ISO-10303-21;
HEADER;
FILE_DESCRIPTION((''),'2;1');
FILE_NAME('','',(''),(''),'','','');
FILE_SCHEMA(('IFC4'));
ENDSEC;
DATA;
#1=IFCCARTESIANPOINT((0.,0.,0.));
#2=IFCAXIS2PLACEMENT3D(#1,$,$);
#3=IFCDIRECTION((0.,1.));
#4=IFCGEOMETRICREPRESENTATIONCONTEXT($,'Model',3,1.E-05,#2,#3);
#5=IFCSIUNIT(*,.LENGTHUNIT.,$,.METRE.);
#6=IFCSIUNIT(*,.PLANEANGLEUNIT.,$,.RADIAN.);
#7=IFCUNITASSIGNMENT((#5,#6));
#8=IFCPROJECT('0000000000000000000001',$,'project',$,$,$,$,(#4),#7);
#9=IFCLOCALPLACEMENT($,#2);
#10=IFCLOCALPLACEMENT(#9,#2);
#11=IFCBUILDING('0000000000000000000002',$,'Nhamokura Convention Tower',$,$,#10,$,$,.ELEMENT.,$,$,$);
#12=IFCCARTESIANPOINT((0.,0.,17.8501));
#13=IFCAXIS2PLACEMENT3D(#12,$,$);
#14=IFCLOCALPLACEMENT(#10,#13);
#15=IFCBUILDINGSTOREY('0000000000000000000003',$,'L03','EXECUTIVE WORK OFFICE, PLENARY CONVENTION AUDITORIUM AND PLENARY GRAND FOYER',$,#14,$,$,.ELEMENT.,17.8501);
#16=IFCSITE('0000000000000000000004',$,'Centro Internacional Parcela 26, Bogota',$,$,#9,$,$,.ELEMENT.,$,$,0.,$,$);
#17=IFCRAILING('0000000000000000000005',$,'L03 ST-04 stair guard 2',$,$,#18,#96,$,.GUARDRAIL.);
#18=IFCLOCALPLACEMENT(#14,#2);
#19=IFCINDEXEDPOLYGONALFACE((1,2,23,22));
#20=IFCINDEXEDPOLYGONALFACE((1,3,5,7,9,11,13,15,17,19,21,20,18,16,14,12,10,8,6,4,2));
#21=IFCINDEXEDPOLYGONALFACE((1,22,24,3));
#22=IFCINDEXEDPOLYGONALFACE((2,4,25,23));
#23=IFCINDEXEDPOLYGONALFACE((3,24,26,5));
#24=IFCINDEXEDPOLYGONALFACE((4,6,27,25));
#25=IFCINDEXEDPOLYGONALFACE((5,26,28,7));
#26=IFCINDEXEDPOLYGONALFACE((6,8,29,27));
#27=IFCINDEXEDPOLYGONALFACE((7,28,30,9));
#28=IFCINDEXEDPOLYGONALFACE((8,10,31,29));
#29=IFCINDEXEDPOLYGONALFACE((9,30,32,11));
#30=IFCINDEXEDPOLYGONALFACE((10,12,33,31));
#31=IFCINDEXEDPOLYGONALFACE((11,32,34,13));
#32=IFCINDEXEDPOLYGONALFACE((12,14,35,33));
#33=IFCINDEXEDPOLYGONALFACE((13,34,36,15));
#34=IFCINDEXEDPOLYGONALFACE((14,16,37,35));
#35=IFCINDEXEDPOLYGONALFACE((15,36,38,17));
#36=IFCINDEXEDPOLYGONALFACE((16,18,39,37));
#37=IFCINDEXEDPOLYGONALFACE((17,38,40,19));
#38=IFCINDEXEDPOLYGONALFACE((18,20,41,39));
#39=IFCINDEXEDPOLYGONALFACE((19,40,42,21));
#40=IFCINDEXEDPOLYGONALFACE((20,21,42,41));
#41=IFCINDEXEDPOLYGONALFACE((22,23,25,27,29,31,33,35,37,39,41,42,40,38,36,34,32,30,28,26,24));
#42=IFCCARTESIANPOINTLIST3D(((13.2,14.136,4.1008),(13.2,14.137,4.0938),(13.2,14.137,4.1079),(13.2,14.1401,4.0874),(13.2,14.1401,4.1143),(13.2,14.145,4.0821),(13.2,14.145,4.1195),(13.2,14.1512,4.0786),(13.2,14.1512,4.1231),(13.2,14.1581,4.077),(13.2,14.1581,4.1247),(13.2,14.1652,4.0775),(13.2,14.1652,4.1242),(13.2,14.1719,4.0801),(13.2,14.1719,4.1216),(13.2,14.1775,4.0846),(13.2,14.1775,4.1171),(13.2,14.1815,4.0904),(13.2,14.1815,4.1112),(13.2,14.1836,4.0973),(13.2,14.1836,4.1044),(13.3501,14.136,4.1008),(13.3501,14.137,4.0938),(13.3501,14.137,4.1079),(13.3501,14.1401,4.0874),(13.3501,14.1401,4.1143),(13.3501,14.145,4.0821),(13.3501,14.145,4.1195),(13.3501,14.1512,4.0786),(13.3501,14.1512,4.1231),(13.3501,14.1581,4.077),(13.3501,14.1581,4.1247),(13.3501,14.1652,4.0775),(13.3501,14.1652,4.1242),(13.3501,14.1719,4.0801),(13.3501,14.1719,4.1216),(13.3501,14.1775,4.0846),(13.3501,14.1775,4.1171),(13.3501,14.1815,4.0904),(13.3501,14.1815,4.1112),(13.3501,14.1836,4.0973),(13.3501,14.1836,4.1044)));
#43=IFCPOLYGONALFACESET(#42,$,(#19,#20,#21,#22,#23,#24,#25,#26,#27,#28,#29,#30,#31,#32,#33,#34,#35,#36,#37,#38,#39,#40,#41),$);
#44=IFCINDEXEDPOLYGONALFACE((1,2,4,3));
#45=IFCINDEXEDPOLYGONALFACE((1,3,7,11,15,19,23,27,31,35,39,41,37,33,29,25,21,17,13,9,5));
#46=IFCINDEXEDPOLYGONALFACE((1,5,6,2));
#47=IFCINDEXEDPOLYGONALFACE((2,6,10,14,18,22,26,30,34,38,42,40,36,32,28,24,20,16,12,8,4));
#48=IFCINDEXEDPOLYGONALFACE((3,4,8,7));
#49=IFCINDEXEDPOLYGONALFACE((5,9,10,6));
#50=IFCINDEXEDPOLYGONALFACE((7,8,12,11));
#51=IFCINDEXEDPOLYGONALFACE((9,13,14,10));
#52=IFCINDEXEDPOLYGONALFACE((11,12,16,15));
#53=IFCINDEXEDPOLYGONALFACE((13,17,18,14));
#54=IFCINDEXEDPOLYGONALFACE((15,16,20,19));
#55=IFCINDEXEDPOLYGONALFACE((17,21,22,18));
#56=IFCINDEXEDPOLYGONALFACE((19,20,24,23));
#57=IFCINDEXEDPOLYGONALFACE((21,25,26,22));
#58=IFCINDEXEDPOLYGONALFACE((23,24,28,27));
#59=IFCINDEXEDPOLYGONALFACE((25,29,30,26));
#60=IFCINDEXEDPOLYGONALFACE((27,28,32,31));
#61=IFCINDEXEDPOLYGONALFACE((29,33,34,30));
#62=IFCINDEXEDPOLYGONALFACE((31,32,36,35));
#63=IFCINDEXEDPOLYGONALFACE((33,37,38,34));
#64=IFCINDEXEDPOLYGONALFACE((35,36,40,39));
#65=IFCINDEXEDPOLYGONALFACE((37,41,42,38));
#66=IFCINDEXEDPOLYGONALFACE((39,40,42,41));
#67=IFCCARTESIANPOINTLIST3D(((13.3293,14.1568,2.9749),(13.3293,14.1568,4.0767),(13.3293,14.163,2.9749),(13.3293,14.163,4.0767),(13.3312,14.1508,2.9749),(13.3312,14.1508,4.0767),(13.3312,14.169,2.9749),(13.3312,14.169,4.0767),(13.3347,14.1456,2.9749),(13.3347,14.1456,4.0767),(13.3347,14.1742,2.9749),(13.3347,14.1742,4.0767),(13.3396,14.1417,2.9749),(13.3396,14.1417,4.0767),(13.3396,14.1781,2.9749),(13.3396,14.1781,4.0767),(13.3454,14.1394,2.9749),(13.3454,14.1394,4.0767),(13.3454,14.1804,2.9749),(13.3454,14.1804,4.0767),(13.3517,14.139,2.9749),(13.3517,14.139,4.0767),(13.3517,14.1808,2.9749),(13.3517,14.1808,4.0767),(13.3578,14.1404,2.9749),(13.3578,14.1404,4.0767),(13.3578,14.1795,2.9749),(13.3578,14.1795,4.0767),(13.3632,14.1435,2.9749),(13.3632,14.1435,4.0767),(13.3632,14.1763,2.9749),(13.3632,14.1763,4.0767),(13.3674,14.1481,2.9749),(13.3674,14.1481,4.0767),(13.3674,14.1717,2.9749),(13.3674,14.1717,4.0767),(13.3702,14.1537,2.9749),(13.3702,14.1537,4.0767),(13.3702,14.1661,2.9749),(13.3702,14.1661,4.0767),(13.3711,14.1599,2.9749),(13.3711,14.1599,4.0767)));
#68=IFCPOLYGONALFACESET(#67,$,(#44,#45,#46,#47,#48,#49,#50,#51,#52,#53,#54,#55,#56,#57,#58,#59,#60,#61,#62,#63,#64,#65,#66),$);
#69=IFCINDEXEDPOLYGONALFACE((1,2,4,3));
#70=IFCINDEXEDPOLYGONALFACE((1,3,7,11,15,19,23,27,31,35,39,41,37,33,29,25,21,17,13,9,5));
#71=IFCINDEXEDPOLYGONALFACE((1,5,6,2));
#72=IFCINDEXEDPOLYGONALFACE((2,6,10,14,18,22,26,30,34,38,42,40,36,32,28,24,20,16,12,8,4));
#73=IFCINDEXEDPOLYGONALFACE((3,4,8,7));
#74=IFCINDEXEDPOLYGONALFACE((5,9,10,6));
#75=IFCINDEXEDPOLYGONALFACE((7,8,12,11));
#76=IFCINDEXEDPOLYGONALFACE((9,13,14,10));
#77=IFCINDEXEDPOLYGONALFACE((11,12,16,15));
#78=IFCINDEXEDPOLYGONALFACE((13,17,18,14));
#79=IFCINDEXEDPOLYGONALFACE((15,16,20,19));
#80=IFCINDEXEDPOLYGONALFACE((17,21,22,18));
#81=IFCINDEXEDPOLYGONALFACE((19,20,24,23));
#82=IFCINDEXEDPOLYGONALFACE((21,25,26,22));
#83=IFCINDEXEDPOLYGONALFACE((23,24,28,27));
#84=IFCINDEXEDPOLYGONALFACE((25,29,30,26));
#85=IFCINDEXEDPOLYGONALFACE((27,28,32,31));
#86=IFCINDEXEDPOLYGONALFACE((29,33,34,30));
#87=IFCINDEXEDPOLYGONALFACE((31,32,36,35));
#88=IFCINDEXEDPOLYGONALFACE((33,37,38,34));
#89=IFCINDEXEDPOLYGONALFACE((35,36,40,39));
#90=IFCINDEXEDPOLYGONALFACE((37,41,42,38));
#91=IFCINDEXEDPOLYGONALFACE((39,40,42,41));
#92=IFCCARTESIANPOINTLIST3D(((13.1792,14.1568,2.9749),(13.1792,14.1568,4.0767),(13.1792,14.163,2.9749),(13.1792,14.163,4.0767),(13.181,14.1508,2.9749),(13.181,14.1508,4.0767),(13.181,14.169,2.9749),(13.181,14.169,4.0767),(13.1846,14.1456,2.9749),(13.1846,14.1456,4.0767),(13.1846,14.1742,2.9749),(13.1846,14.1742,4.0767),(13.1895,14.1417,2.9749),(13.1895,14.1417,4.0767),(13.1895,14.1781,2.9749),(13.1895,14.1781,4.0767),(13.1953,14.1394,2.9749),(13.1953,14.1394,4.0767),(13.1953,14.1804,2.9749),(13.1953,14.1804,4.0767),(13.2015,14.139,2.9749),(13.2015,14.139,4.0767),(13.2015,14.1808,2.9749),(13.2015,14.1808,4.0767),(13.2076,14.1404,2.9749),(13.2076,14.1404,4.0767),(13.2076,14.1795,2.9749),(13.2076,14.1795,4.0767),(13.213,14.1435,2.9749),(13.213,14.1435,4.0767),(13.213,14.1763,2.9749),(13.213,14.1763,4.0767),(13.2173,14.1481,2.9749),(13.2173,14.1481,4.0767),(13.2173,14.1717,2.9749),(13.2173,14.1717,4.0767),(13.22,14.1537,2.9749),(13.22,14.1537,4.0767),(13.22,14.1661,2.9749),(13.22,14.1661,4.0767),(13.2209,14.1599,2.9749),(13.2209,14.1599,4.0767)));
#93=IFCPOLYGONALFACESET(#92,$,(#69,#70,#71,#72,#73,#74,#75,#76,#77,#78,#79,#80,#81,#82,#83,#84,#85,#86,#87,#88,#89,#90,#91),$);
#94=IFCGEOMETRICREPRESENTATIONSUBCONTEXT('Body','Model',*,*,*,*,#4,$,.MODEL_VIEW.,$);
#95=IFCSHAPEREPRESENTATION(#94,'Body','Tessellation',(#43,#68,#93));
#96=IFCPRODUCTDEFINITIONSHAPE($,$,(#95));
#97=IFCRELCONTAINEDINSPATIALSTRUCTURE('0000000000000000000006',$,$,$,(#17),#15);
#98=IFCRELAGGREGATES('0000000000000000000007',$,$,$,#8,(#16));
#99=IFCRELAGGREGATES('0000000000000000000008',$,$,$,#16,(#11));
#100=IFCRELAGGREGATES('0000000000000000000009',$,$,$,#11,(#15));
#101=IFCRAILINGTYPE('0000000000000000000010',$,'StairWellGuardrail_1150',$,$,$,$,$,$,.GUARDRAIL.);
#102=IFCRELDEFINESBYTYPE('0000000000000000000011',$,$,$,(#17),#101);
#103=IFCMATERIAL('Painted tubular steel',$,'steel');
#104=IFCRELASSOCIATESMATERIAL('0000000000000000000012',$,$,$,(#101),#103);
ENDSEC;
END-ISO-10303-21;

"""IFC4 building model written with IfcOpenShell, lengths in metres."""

from ifc_helpers import new_model, si_unit, direction, frame, origin, origin_2d, place, context, subcontext, project, spatial, circle, extrude, material, type_object, element, save


model = new_model("IFC4")

# Units and contexts
model_context = context("Model", 3, precision=1e-05, world=origin(), true_north=direction((0.0, 1.0)))
body_context = subcontext(model_context, "Body", "Model", "MODEL_VIEW")
ifc_project = project(units=[si_unit("LENGTHUNIT", "METRE"), si_unit("PLANEANGLEUNIT", "RADIAN")], contexts=[model_context])

# Site, building, storey
site_placement = place(None, origin())
site = spatial("IfcSite", under=ifc_project, at=site_placement, Name="Centro Internacional Parcela 26, Bogota", CompositionType="ELEMENT", RefElevation=0.0)
building_placement = place(site_placement, origin())
building = spatial("IfcBuilding", under=site, at=building_placement, Name="Nhamokura Convention Tower", CompositionType="ELEMENT")
storey_placement = place(building_placement, frame((0.0, 0.0, 17.8501)))
storey = spatial("IfcBuildingStorey", under=building, at=storey_placement, Name="L03", Description="EXECUTIVE WORK OFFICE, PLENARY CONVENTION AUDITORIUM AND PLENARY GRAND FOYER", CompositionType="ELEMENT", Elevation=17.8501)

# Railing
ifc_material_1 = material(Name="Painted tubular steel", Category="steel")
railing_type_1 = type_object("IfcRailingType", Name="StairWellGuardrail_1150", PredefinedType="GUARDRAIL", material=ifc_material_1)
railing_1_placement = place(storey_placement, frame((13.3501, 14.1599, 2.9749)))
element("IfcRailing", 1, at=railing_1_placement, inside=storey, type_object=railing_type_1, Name="L03 ST-04 stair guard 2", PredefinedType="GUARDRAIL", context=body_context, shape_type="SweptSolid", body=[
    extrude(circle(Radius=0.0239, at=origin_2d()), frame((0.0, 0.0, 1.126), z_axis=(-1.0, 0.0, 0.0), x_axis=(0.0, -1.0, 0.0)), (0.0, 0.0, 1.0), 0.1501),
    extrude(circle(Radius=0.021, at=origin_2d()), origin(), (0.0, 0.0, 1.0), 1.1018),
    extrude(circle(Radius=0.021, at=origin_2d()), frame((-0.1501, 0.0, 0.0)), (0.0, 0.0, 1.0), 1.1018),
])

save(model, "model.ifc")
